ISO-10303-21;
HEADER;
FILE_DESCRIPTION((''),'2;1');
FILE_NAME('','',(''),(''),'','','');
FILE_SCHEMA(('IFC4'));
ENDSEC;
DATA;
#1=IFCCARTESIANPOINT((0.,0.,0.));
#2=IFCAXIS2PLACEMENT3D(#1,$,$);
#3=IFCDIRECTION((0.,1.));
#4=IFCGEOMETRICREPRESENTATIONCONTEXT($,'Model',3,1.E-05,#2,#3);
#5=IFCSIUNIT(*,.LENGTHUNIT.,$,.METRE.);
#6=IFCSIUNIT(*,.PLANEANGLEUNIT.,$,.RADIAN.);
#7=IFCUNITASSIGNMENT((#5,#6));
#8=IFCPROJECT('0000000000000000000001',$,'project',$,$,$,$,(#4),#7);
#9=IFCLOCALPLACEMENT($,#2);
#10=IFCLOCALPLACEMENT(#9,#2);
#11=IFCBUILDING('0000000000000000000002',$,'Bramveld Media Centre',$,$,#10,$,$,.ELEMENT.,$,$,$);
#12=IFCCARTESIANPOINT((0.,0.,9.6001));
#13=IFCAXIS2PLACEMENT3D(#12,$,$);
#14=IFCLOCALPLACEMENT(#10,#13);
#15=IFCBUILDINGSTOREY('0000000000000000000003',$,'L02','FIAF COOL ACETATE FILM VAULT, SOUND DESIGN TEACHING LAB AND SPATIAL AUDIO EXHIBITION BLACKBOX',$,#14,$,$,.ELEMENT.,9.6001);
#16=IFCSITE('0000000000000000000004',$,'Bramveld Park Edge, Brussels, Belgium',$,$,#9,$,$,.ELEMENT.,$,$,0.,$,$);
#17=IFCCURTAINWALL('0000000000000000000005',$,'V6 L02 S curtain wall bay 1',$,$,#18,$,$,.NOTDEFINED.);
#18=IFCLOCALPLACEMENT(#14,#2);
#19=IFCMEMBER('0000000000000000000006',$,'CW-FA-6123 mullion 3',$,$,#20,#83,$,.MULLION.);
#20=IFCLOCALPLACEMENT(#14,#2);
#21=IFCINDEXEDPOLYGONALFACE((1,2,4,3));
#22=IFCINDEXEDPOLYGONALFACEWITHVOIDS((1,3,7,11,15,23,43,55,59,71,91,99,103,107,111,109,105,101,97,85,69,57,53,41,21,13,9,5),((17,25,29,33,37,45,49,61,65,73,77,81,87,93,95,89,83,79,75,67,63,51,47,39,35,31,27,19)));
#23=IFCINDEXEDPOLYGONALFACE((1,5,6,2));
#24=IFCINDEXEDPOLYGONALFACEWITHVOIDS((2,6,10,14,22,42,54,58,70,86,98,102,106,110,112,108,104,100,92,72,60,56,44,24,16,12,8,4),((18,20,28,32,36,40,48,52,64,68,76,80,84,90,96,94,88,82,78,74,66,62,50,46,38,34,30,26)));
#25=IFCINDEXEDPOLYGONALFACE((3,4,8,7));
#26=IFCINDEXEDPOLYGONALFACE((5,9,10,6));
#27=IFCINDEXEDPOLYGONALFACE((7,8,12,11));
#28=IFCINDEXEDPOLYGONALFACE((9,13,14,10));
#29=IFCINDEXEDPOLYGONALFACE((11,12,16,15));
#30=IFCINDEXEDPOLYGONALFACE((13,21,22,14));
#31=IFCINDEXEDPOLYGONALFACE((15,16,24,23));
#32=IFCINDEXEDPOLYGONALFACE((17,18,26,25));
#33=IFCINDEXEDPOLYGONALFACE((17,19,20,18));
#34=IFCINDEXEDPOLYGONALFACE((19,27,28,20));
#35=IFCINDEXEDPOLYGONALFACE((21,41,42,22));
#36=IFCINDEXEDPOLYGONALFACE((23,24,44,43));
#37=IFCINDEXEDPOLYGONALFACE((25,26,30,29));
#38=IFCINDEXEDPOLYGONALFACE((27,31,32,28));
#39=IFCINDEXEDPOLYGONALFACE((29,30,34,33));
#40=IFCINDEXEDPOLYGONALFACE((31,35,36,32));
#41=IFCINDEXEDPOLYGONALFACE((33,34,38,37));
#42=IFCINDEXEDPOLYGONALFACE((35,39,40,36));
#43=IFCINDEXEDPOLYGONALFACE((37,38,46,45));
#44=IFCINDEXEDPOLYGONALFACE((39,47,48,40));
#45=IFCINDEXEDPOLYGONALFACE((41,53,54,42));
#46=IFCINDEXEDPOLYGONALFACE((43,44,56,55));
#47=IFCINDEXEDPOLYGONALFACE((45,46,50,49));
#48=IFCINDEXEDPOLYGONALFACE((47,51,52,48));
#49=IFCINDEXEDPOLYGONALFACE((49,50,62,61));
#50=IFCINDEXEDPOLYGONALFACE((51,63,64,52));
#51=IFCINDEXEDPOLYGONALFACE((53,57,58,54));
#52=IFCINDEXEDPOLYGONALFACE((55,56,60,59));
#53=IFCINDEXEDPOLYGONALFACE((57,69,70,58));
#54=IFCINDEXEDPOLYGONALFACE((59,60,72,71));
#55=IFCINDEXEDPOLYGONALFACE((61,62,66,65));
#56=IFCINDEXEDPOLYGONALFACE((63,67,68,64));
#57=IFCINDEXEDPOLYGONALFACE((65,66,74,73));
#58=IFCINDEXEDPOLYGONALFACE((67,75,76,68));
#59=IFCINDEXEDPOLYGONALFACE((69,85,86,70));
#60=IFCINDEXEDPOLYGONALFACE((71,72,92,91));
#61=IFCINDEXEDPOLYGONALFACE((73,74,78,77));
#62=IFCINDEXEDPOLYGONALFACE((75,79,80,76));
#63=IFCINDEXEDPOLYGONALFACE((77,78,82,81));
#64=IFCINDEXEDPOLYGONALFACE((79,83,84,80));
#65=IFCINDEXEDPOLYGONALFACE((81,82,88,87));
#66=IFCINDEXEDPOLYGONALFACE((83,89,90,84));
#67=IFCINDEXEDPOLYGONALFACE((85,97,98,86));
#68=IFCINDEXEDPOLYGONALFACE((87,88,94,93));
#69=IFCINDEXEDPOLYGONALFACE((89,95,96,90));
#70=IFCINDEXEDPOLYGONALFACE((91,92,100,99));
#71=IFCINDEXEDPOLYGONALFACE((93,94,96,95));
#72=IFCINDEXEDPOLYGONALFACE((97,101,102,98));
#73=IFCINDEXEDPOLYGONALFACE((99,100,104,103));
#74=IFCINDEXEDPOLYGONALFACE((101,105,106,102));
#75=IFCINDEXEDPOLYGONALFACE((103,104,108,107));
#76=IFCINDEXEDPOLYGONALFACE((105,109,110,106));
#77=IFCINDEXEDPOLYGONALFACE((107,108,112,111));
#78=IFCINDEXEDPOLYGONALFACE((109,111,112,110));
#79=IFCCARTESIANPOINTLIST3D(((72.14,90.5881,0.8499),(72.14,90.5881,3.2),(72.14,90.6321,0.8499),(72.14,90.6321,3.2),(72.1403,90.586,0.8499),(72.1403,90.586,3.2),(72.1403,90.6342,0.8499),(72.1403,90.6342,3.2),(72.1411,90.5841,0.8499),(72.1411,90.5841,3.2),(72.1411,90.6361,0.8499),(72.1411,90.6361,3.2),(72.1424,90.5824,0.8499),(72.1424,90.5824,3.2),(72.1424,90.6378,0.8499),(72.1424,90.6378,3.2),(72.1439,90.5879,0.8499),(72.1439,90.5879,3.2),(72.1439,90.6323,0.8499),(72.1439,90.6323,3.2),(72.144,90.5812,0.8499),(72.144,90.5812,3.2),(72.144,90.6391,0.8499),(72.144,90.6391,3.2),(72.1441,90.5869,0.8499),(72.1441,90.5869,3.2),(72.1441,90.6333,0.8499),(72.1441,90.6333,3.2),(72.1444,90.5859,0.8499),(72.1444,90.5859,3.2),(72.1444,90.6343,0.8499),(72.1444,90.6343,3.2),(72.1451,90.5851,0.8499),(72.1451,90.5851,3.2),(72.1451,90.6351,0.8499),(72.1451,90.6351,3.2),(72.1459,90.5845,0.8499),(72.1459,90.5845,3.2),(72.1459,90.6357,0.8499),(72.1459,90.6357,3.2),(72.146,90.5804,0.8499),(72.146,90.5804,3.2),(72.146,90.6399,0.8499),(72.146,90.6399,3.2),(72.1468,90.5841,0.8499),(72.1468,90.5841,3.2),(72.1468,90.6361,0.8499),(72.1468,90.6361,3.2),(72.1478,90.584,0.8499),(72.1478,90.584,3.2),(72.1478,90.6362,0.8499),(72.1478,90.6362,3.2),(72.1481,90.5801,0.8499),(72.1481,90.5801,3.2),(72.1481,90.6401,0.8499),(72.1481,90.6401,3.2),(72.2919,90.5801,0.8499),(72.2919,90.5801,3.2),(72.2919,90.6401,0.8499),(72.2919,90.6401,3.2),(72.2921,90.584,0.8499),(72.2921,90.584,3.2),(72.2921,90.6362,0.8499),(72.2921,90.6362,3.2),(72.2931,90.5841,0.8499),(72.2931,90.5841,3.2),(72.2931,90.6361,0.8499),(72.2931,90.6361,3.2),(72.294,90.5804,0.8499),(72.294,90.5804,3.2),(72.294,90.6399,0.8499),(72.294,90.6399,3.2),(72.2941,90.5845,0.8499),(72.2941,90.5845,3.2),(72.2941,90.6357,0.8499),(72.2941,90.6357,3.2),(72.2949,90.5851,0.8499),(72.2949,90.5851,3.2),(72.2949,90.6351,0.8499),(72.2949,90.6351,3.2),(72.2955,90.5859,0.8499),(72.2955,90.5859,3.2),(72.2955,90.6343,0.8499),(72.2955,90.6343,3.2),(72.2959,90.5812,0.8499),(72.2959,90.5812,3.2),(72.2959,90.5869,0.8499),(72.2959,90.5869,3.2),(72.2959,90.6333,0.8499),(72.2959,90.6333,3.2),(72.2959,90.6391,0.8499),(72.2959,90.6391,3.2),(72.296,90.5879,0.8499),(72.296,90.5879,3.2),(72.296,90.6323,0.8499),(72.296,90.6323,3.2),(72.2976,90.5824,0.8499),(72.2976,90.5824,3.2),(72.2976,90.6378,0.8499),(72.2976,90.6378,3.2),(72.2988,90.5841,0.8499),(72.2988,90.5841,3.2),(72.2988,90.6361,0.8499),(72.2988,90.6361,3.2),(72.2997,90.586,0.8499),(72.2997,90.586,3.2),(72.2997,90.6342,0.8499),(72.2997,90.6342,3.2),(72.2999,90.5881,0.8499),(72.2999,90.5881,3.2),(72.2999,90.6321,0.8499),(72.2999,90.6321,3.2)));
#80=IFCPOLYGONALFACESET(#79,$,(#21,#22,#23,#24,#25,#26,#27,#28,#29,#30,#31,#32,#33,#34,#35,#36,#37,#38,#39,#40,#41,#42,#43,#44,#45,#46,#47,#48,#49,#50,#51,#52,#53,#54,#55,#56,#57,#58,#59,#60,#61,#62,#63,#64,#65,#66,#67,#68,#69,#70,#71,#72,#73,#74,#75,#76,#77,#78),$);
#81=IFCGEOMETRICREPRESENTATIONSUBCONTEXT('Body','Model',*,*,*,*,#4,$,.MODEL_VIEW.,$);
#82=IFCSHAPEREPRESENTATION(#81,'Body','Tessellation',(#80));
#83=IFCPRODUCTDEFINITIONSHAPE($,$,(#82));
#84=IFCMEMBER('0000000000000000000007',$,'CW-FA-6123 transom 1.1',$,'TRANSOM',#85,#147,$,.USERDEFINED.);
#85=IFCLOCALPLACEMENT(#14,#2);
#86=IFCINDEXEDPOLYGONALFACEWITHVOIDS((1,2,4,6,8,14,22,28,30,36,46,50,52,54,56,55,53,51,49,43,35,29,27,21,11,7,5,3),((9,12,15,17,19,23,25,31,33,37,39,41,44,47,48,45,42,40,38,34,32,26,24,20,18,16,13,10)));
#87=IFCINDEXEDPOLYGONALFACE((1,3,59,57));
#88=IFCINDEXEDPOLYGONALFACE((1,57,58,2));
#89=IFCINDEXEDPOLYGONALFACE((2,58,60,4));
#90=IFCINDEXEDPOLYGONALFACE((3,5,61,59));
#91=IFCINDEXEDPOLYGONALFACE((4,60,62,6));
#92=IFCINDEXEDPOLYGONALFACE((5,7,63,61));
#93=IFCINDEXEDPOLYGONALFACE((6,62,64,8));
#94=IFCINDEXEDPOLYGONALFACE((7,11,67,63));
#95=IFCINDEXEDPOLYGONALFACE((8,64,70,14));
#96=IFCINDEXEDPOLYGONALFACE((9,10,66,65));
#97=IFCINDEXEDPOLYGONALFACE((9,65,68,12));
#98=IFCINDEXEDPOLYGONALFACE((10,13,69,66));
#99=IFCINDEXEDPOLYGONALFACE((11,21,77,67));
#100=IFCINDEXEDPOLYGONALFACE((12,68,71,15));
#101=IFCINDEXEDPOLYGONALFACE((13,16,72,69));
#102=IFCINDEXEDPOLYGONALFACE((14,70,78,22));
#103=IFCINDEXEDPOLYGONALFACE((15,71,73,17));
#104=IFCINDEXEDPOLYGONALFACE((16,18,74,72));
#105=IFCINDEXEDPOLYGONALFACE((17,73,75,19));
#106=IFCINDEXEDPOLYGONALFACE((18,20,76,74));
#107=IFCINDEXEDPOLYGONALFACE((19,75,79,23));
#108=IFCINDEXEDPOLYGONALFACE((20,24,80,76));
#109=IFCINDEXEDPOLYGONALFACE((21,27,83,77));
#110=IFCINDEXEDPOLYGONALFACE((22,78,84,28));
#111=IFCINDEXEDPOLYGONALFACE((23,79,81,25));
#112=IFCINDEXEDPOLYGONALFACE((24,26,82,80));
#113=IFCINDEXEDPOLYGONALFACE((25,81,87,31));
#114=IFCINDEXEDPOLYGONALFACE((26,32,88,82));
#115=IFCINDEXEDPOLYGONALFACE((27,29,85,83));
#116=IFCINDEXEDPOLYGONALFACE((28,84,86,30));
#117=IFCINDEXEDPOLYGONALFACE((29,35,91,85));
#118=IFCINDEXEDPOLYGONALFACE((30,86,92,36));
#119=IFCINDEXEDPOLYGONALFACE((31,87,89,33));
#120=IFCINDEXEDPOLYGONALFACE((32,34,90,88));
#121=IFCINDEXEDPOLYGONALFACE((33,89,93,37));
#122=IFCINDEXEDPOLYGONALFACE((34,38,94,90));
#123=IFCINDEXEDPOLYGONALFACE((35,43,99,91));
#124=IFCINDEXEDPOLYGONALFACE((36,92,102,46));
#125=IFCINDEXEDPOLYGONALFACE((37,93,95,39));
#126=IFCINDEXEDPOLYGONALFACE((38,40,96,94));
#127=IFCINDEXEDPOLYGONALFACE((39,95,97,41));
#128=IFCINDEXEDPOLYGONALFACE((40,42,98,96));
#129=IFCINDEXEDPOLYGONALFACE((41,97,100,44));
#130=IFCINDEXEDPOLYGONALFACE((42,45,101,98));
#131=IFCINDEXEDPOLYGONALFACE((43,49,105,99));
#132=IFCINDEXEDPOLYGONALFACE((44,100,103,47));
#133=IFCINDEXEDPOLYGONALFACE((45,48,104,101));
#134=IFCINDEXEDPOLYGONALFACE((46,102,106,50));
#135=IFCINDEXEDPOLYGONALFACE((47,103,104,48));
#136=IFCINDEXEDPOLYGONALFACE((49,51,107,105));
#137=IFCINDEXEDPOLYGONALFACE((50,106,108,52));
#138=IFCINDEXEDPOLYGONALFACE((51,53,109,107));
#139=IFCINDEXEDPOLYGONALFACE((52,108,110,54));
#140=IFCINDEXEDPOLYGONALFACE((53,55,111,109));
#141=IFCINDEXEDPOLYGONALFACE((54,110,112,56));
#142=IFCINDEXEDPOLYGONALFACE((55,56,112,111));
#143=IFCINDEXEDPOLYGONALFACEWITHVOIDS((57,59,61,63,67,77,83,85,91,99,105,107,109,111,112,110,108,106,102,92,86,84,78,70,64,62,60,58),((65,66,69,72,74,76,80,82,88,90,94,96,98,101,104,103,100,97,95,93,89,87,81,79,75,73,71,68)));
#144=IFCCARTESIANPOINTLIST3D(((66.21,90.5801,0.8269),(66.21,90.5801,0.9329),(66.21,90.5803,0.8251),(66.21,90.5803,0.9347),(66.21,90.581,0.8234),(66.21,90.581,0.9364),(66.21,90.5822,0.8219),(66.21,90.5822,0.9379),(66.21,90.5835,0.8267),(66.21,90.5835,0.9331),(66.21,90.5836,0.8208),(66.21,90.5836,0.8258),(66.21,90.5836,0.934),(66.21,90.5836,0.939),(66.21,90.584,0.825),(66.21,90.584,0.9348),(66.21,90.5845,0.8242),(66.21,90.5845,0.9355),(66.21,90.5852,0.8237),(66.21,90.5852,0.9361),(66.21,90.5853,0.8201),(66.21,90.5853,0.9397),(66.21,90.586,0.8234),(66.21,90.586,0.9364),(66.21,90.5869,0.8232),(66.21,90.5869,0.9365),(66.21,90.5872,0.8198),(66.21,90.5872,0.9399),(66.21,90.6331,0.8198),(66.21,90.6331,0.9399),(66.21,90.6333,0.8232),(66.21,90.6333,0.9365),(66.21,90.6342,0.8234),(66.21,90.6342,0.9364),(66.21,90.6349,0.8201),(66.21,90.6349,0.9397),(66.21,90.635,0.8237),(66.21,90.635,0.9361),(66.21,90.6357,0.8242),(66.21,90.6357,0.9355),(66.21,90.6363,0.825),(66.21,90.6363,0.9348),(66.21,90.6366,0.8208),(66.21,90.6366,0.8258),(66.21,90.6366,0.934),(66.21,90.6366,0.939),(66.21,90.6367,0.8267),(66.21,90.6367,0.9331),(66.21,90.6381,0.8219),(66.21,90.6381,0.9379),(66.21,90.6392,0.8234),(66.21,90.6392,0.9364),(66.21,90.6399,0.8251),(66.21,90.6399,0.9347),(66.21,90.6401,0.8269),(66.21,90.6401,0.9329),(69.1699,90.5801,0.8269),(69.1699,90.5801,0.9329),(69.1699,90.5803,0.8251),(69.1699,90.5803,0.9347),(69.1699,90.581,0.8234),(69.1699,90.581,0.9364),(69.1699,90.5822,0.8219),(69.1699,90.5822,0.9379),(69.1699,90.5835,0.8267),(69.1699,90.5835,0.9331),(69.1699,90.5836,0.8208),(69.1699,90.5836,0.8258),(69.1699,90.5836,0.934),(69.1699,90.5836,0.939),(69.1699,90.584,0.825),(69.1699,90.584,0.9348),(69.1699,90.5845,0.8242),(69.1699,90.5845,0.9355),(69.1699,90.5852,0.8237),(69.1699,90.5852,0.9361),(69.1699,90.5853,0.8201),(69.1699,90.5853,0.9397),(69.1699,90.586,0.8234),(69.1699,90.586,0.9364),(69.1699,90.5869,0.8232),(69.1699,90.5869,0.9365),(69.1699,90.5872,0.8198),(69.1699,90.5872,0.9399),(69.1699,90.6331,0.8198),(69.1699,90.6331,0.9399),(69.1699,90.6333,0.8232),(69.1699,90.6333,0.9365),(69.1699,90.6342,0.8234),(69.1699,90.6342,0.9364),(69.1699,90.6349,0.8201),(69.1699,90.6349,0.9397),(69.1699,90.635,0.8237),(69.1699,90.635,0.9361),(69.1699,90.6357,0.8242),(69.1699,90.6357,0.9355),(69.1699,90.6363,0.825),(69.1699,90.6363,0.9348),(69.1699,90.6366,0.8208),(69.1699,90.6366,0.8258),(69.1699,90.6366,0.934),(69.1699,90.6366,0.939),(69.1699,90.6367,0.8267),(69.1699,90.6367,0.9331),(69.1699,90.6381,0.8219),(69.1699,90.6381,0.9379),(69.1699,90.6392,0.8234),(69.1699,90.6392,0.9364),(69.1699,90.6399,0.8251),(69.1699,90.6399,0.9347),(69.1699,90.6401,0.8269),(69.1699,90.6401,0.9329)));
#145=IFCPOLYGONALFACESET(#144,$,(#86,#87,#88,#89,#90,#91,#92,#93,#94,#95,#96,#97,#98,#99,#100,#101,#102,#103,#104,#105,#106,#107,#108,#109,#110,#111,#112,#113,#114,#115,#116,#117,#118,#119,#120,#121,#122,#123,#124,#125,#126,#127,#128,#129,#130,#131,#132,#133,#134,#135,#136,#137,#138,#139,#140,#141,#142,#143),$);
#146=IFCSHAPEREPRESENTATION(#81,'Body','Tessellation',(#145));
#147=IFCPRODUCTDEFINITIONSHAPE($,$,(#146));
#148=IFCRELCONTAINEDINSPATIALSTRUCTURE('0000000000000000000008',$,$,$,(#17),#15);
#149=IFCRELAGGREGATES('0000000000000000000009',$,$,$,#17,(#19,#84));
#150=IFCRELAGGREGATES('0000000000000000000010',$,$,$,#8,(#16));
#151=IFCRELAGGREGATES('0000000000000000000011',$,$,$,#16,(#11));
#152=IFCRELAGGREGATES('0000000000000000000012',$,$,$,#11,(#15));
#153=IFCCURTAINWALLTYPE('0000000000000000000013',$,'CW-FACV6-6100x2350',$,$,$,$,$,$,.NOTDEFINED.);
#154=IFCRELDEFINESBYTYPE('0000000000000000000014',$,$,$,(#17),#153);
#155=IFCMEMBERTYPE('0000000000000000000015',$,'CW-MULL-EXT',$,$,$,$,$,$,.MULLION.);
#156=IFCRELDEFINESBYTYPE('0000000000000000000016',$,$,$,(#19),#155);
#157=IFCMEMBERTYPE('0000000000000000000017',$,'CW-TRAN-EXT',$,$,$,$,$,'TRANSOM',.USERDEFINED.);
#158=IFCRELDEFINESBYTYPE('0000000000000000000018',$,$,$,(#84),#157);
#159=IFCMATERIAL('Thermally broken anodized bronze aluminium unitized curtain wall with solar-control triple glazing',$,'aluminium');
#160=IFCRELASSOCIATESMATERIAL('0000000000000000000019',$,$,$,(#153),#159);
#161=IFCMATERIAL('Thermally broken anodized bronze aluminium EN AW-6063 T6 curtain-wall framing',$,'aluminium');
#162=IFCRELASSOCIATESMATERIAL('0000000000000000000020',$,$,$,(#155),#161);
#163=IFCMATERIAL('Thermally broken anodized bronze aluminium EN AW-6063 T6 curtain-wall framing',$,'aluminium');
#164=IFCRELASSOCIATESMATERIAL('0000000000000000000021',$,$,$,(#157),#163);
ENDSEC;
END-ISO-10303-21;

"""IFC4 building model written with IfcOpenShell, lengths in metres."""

from ifc_helpers import new_model, si_unit, direction, frame, origin, origin_2d, place, context, subcontext, project, spatial, hollow_rectangle, extrude, material, material_profile, profile_set, type_object, element, aggregate, save


model = new_model("IFC4")

# Units and contexts
model_context = context("Model", 3, precision=1e-05, world=origin(), true_north=direction((0.0, 1.0)))
body_context = subcontext(model_context, "Body", "Model", "MODEL_VIEW")
ifc_project = project(units=[si_unit("LENGTHUNIT", "METRE"), si_unit("PLANEANGLEUNIT", "RADIAN")], contexts=[model_context])

# Site, building, storey
site_placement = place(None, origin())
site = spatial("IfcSite", under=ifc_project, at=site_placement, Name="Bramveld Park Edge, Brussels, Belgium", CompositionType="ELEMENT", RefElevation=0.0)
building_placement = place(site_placement, origin())
building = spatial("IfcBuilding", under=site, at=building_placement, Name="Bramveld Media Centre", CompositionType="ELEMENT")
storey_placement = place(building_placement, frame((0.0, 0.0, 9.6001)))
storey = spatial("IfcBuildingStorey", under=building, at=storey_placement, Name="L02", Description="FIAF COOL ACETATE FILM VAULT, SOUND DESIGN TEACHING LAB AND SPATIAL AUDIO EXHIBITION BLACKBOX", CompositionType="ELEMENT", Elevation=9.6001)

# Curtain wall, members
ifc_material_1 = material(Name="Thermally broken anodized bronze aluminium unitized curtain wall with solar-control triple glazing", Category="aluminium")
curtain_wall_type = type_object("IfcCurtainWallType", Name="CW-FACV6-6100x2350", PredefinedType="NOTDEFINED", material=ifc_material_1)
curtain_wall_placement = place(storey_placement, origin())
curtain_wall = element("IfcCurtainWall", 1, at=curtain_wall_placement, inside=storey, type_object=curtain_wall_type, Name="V6 L02 S curtain wall bay 1", PredefinedType="NOTDEFINED")
ifc_material_2 = material(Name="Thermally broken anodized bronze aluminium EN AW-6063 T6 curtain-wall framing", Category="aluminium")
ifc_material_profile_1 = material_profile(ifc_material_2, hollow_rectangle(XDim=0.0601, YDim=0.1599, WallThickness=0.0039, InnerFilletRadius=0.0039, OuterFilletRadius=0.0081, at=origin_2d()), Name="AL-MULL 60x160")
ifc_profile_set_1 = profile_set([ifc_material_profile_1], Name="Thermally broken anodized bronze aluminium EN AW-6063 T6 curtain-wall framing")
member_type_1 = type_object("IfcMemberType", Name="CW-MULL-EXT", PredefinedType="MULLION", material=ifc_profile_set_1)
member_1_placement = place(storey_placement, frame((72.22, 90.6101, 0.8499), z_axis=(0.0, 0.0, 1.0), x_axis=(0.0, 1.0, 0.0)))
member_1 = element("IfcMember", 2, at=member_1_placement, type_object=member_type_1, Name="CW-FA-6123 mullion 3", PredefinedType="MULLION", context=body_context, shape_type="SweptSolid", body=[
    extrude(hollow_rectangle(XDim=0.0601, YDim=0.1599, WallThickness=0.0039, InnerFilletRadius=0.0039, OuterFilletRadius=0.0081, at=origin_2d()), origin(), (0.0, 0.0, 1.0), 2.3501),
])
ifc_material_3 = material(Name="Thermally broken anodized bronze aluminium EN AW-6063 T6 curtain-wall framing", Category="aluminium")
ifc_material_profile_2 = material_profile(ifc_material_3, hollow_rectangle(XDim=0.0601, YDim=0.1201, WallThickness=0.0034, InnerFilletRadius=0.0034, OuterFilletRadius=0.0071, at=origin_2d()), Name="AL-TRAN 60x120")
ifc_profile_set_2 = profile_set([ifc_material_profile_2], Name="Thermally broken anodized bronze aluminium EN AW-6063 T6 curtain-wall framing")
member_type_2 = type_object("IfcMemberType", Name="CW-TRAN-EXT", ElementType="TRANSOM", PredefinedType="USERDEFINED", material=ifc_profile_set_2)
member_2_placement = place(storey_placement, frame((66.21, 90.6101, 0.8799), z_axis=(1.0, 0.0, 0.0), x_axis=(0.0, 1.0, 0.0)))
member_2 = element("IfcMember", 3, at=member_2_placement, type_object=member_type_2, Name="CW-FA-6123 transom 1.1", ObjectType="TRANSOM", PredefinedType="USERDEFINED", context=body_context, shape_type="SweptSolid", body=[
    extrude(hollow_rectangle(XDim=0.0601, YDim=0.1201, WallThickness=0.0034, InnerFilletRadius=0.0034, OuterFilletRadius=0.0071, at=origin_2d()), origin(), (0.0, 0.0, 1.0), 2.96),
])

aggregate(curtain_wall, [member_1, member_2])

save(model, "model.ifc")
